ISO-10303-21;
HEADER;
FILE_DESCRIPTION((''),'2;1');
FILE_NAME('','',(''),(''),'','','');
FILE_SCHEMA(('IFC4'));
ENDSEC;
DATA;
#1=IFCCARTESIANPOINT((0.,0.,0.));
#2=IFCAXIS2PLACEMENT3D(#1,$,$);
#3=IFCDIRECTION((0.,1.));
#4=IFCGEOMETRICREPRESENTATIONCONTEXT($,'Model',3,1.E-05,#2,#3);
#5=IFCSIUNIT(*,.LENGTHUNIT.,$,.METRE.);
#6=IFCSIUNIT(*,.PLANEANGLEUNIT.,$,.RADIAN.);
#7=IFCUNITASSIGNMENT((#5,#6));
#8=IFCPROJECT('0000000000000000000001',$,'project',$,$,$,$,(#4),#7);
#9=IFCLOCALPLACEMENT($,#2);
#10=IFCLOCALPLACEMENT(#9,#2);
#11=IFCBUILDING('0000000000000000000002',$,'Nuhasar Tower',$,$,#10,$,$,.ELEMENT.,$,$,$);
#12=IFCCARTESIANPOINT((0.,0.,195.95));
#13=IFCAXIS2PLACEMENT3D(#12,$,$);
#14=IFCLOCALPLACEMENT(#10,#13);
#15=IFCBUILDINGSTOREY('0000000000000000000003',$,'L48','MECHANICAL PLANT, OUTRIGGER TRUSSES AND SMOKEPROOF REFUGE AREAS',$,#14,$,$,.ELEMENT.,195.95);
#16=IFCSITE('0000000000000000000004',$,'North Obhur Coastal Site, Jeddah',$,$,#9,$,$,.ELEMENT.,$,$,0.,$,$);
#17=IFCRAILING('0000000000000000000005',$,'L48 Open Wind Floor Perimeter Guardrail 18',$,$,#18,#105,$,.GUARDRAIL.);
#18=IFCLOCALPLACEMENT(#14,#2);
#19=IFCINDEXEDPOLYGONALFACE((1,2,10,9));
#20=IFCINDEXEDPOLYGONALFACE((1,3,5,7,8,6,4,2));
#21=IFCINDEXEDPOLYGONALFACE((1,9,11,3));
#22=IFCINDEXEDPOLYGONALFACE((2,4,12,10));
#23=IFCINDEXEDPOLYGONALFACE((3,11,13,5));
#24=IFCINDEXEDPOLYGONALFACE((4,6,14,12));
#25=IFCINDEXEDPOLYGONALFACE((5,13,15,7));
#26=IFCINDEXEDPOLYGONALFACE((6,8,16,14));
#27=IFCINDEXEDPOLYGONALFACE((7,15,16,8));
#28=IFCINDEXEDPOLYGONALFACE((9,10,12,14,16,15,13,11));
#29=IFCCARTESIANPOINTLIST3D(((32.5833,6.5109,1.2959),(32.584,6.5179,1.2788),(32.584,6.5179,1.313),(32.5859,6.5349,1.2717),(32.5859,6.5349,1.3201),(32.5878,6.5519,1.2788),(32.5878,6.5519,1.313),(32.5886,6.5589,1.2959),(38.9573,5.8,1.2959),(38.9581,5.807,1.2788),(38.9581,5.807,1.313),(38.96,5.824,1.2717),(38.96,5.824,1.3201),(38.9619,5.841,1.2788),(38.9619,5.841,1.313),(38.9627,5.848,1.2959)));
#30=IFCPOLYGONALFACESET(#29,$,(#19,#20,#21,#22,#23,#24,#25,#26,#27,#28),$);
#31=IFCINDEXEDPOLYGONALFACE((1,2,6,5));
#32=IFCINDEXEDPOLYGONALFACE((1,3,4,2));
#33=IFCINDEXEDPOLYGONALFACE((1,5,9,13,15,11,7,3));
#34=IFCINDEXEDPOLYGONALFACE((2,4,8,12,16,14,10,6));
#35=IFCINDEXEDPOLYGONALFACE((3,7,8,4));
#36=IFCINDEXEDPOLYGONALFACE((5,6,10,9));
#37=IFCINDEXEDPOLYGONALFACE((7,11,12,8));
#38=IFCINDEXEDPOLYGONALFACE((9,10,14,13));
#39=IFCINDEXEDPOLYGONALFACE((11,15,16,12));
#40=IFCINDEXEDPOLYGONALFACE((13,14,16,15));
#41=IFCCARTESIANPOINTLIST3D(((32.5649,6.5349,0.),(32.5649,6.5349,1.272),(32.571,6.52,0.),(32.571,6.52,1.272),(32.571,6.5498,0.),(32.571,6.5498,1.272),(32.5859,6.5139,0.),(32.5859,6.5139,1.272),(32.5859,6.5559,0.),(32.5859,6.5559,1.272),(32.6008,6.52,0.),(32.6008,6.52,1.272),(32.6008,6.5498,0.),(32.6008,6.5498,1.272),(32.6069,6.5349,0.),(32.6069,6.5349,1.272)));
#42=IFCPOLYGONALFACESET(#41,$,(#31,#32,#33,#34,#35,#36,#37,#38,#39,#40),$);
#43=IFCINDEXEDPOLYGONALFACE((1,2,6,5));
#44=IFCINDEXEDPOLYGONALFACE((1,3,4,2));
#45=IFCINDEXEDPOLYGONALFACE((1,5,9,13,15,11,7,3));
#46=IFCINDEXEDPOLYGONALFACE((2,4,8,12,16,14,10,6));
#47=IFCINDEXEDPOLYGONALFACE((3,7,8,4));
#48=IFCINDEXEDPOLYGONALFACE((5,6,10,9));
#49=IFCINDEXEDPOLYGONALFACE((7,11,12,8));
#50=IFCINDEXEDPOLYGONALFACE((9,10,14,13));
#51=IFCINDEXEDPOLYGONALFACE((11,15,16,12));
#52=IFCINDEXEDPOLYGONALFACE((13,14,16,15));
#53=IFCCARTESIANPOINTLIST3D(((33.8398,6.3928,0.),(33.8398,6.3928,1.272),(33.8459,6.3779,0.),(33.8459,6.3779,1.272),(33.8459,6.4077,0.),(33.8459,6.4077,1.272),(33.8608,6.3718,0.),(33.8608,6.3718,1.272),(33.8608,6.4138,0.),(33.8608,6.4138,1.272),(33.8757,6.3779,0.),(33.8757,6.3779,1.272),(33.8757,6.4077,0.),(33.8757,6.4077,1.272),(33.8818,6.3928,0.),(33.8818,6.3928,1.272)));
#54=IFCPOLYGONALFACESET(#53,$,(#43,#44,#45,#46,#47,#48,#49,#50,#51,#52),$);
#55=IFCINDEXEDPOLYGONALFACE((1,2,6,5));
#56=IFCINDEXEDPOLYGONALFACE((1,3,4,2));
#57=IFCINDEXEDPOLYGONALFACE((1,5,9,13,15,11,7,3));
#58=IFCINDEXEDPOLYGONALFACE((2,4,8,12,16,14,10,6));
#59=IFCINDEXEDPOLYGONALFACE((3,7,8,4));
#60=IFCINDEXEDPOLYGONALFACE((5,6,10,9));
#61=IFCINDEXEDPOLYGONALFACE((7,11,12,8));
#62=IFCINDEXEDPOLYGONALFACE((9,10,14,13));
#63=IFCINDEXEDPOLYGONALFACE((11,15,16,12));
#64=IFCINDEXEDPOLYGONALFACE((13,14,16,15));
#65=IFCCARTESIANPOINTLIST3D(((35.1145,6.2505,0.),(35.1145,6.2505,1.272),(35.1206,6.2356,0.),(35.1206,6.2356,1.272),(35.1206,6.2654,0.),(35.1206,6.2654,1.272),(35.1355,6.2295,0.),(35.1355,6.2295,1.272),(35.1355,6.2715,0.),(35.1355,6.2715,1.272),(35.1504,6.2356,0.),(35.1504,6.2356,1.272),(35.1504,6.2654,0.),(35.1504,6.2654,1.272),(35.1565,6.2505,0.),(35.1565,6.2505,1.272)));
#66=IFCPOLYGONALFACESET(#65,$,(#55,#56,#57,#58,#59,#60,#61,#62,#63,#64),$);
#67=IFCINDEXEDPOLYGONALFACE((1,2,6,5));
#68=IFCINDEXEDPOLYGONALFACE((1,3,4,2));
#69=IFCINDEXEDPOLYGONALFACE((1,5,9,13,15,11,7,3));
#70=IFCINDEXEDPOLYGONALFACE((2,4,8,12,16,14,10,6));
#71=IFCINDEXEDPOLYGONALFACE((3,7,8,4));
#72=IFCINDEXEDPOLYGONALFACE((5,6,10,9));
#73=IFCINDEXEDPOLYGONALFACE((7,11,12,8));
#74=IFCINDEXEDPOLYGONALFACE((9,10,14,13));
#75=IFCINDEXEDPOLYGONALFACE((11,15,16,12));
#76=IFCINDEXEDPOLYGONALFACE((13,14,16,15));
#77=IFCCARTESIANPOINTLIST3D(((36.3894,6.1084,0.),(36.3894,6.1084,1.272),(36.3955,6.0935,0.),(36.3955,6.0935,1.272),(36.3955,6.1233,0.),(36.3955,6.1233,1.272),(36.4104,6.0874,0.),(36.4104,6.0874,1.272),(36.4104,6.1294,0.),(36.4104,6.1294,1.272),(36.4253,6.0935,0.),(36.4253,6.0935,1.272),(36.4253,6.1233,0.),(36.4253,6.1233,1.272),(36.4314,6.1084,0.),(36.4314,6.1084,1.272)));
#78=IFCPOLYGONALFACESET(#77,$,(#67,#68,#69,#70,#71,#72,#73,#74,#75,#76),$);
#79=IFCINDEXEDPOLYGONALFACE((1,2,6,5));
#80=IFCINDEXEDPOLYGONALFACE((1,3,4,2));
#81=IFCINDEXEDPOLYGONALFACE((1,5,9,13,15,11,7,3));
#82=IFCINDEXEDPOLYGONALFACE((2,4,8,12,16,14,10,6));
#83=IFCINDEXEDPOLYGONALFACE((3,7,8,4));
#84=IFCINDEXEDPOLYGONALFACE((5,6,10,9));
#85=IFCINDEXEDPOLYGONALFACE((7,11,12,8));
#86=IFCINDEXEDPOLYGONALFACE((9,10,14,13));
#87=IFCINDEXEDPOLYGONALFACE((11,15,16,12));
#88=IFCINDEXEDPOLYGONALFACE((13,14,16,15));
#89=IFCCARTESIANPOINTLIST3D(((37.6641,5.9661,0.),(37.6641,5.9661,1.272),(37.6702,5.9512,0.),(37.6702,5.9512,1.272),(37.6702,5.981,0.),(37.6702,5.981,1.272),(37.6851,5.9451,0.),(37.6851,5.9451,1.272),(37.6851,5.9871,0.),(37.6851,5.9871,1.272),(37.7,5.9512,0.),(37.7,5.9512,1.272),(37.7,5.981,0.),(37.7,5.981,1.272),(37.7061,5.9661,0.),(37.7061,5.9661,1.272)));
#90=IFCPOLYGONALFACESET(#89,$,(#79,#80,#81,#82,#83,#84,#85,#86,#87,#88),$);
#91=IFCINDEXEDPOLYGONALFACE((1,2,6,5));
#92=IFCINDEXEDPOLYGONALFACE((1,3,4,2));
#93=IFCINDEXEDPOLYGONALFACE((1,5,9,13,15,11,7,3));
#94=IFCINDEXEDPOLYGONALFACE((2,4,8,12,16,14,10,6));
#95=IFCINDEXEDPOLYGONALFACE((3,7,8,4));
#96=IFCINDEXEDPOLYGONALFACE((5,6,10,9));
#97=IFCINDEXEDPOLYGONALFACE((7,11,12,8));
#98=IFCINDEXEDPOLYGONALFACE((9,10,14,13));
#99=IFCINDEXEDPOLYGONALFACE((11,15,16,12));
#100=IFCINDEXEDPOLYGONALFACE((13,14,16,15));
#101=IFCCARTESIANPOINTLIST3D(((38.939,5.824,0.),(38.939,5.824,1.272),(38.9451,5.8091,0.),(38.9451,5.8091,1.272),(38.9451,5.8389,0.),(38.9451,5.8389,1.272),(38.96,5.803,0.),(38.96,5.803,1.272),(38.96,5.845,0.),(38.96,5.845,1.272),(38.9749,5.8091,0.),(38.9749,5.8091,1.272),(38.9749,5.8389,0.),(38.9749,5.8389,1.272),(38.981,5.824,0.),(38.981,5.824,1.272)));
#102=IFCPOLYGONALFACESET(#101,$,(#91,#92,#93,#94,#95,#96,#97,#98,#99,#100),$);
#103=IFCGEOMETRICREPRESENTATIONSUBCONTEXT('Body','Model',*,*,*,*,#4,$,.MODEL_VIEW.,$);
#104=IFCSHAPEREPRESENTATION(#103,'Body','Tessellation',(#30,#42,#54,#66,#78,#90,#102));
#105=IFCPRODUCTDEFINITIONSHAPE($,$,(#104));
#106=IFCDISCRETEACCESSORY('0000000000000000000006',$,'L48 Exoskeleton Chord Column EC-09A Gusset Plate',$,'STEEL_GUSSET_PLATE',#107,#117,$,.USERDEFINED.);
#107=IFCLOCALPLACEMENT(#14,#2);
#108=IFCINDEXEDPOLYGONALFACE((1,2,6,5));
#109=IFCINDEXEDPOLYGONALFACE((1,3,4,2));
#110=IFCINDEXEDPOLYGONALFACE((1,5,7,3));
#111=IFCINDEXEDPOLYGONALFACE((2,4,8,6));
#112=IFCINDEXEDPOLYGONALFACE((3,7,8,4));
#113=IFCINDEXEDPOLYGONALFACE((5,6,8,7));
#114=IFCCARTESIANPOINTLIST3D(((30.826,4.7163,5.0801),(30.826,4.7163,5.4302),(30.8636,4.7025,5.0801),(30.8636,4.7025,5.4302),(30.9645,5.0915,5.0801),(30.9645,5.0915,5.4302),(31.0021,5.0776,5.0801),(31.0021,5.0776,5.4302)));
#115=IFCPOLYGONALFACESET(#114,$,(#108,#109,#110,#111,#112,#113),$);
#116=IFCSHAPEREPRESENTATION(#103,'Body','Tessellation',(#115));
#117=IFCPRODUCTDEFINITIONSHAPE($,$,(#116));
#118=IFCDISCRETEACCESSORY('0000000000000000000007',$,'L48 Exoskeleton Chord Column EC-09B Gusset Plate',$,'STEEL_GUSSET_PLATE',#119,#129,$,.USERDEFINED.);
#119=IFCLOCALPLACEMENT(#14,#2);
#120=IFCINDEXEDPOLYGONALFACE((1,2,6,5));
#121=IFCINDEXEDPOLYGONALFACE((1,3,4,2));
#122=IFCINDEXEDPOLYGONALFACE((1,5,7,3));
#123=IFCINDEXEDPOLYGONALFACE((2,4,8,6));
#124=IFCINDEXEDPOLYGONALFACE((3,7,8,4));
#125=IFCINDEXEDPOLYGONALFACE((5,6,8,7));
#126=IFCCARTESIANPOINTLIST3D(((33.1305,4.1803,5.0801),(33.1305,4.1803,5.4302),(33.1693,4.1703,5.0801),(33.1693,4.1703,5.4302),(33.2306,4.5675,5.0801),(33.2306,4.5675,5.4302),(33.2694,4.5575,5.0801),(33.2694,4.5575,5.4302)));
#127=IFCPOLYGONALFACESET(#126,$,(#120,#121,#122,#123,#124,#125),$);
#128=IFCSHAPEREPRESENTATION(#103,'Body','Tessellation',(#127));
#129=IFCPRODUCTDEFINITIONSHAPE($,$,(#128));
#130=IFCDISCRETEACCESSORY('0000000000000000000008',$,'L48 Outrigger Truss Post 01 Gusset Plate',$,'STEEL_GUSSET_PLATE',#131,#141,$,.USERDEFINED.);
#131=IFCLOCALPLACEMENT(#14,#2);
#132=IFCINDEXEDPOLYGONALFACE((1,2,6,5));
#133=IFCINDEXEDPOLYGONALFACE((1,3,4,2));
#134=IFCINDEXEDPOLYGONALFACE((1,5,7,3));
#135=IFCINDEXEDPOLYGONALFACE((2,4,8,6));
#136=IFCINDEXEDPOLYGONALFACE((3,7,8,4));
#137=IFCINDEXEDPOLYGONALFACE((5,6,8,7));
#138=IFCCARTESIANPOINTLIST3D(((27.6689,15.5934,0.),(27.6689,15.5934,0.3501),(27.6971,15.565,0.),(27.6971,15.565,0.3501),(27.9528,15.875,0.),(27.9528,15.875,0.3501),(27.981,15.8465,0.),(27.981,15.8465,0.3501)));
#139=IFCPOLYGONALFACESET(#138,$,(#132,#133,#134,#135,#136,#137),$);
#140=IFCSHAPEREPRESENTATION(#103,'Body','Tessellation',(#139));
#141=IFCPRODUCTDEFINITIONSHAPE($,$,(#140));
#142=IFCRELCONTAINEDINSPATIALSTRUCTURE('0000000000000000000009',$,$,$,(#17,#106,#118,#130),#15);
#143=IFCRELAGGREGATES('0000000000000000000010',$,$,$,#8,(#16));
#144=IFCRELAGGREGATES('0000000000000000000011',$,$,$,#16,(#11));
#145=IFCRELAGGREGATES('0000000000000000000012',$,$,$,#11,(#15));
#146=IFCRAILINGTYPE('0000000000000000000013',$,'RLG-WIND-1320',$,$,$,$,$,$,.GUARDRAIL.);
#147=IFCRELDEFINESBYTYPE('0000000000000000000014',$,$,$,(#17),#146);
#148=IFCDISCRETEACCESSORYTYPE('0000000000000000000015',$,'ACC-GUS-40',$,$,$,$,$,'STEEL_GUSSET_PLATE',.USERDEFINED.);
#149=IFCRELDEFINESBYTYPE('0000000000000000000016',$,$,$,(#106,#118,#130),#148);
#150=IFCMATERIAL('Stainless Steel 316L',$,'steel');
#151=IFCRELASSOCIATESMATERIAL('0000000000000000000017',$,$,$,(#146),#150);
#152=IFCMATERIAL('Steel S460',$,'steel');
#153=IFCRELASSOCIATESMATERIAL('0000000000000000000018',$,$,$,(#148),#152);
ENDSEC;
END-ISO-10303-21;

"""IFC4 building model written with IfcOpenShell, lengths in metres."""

from ifc_helpers import new_model, si_unit, direction, frame, origin, origin_2d, place, context, subcontext, project, spatial, polyline, rectangle, outline, extrude, material, type_object, element, save


model = new_model("IFC4")

# Units and contexts
model_context = context("Model", 3, precision=1e-05, world=origin(), true_north=direction((0.0, 1.0)))
body_context = subcontext(model_context, "Body", "Model", "MODEL_VIEW")
ifc_project = project(units=[si_unit("LENGTHUNIT", "METRE"), si_unit("PLANEANGLEUNIT", "RADIAN")], contexts=[model_context])

# Site, building, storey
site_placement = place(None, origin())
site = spatial("IfcSite", under=ifc_project, at=site_placement, Name="North Obhur Coastal Site, Jeddah", CompositionType="ELEMENT", RefElevation=0.0)
building_placement = place(site_placement, origin())
building = spatial("IfcBuilding", under=site, at=building_placement, Name="Nuhasar Tower", CompositionType="ELEMENT")
storey_placement = place(building_placement, frame((0.0, 0.0, 195.95)))
storey = spatial("IfcBuildingStorey", under=building, at=storey_placement, Name="L48", Description="MECHANICAL PLANT, OUTRIGGER TRUSSES AND SMOKEPROOF REFUGE AREAS", CompositionType="ELEMENT", Elevation=195.95)

# Shared definitions
ifc_material_1 = material(Name="Steel S460", Category="steel")

# Railing
ifc_material_2 = material(Name="Stainless Steel 316L", Category="steel")
railing_type = type_object("IfcRailingType", Name="RLG-WIND-1320", PredefinedType="GUARDRAIL", material=ifc_material_2)
railing_placement = place(storey_placement, frame((32.5859, 6.5349, 0.0)))
element("IfcRailing", 1, at=railing_placement, inside=storey, type_object=railing_type, Name="L48 Open Wind Floor Perimeter Guardrail 18", PredefinedType="GUARDRAIL", context=body_context, shape_type="SweptSolid", body=[
    extrude(outline(polyline([(0.0242, 0.0), (0.0171, 0.0171), (0.0, 0.0242), (-0.0171, 0.0171), (-0.0242, 0.0), (-0.0171, -0.0171), (0.0, -0.0242), (0.0171, -0.0171), (0.0242, 0.0)])), frame((0.0, 0.0, 1.2959), z_axis=(0.993837, -0.110849, 0.0), x_axis=(0.110849, 0.993837, 0.0)), (0.0, 0.0, 1.0), 6.4136),
    extrude(outline(polyline([(0.021, 0.0), (0.0149, 0.0149), (0.0, 0.021), (-0.0149, 0.0149), (-0.021, 0.0), (-0.0149, -0.0149), (0.0, -0.021), (0.0149, -0.0149), (0.021, 0.0)])), origin(), (0.0, 0.0, 1.0), 1.272),
    extrude(outline(polyline([(0.021, 0.0), (0.0149, 0.0149), (0.0, 0.021), (-0.0149, 0.0149), (-0.021, 0.0), (-0.0149, -0.0149), (0.0, -0.021), (0.0149, -0.0149), (0.021, 0.0)])), frame((1.2749, -0.1421, 0.0)), (0.0, 0.0, 1.0), 1.272),
    extrude(outline(polyline([(0.021, 0.0), (0.0149, 0.0149), (0.0, 0.021), (-0.0149, 0.0149), (-0.021, 0.0), (-0.0149, -0.0149), (0.0, -0.021), (0.0149, -0.0149), (0.021, 0.0)])), frame((2.5496, -0.2844, 0.0)), (0.0, 0.0, 1.0), 1.272),
    extrude(outline(polyline([(0.021, 0.0), (0.0149, 0.0149), (0.0, 0.021), (-0.0149, 0.0149), (-0.021, 0.0), (-0.0149, -0.0149), (0.0, -0.021), (0.0149, -0.0149), (0.021, 0.0)])), frame((3.8245, -0.4265, 0.0)), (0.0, 0.0, 1.0), 1.272),
    extrude(outline(polyline([(0.021, 0.0), (0.0149, 0.0149), (0.0, 0.021), (-0.0149, 0.0149), (-0.021, 0.0), (-0.0149, -0.0149), (0.0, -0.021), (0.0149, -0.0149), (0.021, 0.0)])), frame((5.0991, -0.5688, 0.0)), (0.0, 0.0, 1.0), 1.272),
    extrude(outline(polyline([(0.021, 0.0), (0.0149, 0.0149), (0.0, 0.021), (-0.0149, 0.0149), (-0.021, 0.0), (-0.0149, -0.0149), (0.0, -0.021), (0.0149, -0.0149), (0.021, 0.0)])), frame((6.374, -0.7109, 0.0)), (0.0, 0.0, 1.0), 1.272),
])

# Discrete accessories
discrete_accessory_type = type_object("IfcDiscreteAccessoryType", Name="ACC-GUS-40", ElementType="STEEL_GUSSET_PLATE", PredefinedType="USERDEFINED", material=ifc_material_1)
for number, where, z_axis, x_axis, name in (
    (2, (30.9141, 4.897, 5.0801), (0.0, 0.0, 1.0), (-0.346314, -0.938119, 0.0), "L48 Exoskeleton Chord Column EC-09A Gusset Plate"),
    (3, (33.2, 4.3689, 5.0801), (0.0, 0.0, 1.0), (-0.250346, -0.968156, 0.0), "L48 Exoskeleton Chord Column EC-09B Gusset Plate"),
    (4, (27.825, 15.72, 0.0), (0.0, 0.0, 1.0), (-0.710124, -0.704077, 0.0), "L48 Outrigger Truss Post 01 Gusset Plate"),
):
    element("IfcDiscreteAccessory", number, at=place(storey_placement, frame(where, z_axis=z_axis, x_axis=x_axis)), inside=storey, type_object=discrete_accessory_type, Name=name, ObjectType="STEEL_GUSSET_PLATE", PredefinedType="USERDEFINED", context=body_context, shape_type="SweptSolid", body=[
        extrude(rectangle(XDim=0.3999, YDim=0.04, at=origin_2d()), origin(), (0.0, 0.0, 1.0), 0.3501),
    ])

save(model, "model.ifc")
